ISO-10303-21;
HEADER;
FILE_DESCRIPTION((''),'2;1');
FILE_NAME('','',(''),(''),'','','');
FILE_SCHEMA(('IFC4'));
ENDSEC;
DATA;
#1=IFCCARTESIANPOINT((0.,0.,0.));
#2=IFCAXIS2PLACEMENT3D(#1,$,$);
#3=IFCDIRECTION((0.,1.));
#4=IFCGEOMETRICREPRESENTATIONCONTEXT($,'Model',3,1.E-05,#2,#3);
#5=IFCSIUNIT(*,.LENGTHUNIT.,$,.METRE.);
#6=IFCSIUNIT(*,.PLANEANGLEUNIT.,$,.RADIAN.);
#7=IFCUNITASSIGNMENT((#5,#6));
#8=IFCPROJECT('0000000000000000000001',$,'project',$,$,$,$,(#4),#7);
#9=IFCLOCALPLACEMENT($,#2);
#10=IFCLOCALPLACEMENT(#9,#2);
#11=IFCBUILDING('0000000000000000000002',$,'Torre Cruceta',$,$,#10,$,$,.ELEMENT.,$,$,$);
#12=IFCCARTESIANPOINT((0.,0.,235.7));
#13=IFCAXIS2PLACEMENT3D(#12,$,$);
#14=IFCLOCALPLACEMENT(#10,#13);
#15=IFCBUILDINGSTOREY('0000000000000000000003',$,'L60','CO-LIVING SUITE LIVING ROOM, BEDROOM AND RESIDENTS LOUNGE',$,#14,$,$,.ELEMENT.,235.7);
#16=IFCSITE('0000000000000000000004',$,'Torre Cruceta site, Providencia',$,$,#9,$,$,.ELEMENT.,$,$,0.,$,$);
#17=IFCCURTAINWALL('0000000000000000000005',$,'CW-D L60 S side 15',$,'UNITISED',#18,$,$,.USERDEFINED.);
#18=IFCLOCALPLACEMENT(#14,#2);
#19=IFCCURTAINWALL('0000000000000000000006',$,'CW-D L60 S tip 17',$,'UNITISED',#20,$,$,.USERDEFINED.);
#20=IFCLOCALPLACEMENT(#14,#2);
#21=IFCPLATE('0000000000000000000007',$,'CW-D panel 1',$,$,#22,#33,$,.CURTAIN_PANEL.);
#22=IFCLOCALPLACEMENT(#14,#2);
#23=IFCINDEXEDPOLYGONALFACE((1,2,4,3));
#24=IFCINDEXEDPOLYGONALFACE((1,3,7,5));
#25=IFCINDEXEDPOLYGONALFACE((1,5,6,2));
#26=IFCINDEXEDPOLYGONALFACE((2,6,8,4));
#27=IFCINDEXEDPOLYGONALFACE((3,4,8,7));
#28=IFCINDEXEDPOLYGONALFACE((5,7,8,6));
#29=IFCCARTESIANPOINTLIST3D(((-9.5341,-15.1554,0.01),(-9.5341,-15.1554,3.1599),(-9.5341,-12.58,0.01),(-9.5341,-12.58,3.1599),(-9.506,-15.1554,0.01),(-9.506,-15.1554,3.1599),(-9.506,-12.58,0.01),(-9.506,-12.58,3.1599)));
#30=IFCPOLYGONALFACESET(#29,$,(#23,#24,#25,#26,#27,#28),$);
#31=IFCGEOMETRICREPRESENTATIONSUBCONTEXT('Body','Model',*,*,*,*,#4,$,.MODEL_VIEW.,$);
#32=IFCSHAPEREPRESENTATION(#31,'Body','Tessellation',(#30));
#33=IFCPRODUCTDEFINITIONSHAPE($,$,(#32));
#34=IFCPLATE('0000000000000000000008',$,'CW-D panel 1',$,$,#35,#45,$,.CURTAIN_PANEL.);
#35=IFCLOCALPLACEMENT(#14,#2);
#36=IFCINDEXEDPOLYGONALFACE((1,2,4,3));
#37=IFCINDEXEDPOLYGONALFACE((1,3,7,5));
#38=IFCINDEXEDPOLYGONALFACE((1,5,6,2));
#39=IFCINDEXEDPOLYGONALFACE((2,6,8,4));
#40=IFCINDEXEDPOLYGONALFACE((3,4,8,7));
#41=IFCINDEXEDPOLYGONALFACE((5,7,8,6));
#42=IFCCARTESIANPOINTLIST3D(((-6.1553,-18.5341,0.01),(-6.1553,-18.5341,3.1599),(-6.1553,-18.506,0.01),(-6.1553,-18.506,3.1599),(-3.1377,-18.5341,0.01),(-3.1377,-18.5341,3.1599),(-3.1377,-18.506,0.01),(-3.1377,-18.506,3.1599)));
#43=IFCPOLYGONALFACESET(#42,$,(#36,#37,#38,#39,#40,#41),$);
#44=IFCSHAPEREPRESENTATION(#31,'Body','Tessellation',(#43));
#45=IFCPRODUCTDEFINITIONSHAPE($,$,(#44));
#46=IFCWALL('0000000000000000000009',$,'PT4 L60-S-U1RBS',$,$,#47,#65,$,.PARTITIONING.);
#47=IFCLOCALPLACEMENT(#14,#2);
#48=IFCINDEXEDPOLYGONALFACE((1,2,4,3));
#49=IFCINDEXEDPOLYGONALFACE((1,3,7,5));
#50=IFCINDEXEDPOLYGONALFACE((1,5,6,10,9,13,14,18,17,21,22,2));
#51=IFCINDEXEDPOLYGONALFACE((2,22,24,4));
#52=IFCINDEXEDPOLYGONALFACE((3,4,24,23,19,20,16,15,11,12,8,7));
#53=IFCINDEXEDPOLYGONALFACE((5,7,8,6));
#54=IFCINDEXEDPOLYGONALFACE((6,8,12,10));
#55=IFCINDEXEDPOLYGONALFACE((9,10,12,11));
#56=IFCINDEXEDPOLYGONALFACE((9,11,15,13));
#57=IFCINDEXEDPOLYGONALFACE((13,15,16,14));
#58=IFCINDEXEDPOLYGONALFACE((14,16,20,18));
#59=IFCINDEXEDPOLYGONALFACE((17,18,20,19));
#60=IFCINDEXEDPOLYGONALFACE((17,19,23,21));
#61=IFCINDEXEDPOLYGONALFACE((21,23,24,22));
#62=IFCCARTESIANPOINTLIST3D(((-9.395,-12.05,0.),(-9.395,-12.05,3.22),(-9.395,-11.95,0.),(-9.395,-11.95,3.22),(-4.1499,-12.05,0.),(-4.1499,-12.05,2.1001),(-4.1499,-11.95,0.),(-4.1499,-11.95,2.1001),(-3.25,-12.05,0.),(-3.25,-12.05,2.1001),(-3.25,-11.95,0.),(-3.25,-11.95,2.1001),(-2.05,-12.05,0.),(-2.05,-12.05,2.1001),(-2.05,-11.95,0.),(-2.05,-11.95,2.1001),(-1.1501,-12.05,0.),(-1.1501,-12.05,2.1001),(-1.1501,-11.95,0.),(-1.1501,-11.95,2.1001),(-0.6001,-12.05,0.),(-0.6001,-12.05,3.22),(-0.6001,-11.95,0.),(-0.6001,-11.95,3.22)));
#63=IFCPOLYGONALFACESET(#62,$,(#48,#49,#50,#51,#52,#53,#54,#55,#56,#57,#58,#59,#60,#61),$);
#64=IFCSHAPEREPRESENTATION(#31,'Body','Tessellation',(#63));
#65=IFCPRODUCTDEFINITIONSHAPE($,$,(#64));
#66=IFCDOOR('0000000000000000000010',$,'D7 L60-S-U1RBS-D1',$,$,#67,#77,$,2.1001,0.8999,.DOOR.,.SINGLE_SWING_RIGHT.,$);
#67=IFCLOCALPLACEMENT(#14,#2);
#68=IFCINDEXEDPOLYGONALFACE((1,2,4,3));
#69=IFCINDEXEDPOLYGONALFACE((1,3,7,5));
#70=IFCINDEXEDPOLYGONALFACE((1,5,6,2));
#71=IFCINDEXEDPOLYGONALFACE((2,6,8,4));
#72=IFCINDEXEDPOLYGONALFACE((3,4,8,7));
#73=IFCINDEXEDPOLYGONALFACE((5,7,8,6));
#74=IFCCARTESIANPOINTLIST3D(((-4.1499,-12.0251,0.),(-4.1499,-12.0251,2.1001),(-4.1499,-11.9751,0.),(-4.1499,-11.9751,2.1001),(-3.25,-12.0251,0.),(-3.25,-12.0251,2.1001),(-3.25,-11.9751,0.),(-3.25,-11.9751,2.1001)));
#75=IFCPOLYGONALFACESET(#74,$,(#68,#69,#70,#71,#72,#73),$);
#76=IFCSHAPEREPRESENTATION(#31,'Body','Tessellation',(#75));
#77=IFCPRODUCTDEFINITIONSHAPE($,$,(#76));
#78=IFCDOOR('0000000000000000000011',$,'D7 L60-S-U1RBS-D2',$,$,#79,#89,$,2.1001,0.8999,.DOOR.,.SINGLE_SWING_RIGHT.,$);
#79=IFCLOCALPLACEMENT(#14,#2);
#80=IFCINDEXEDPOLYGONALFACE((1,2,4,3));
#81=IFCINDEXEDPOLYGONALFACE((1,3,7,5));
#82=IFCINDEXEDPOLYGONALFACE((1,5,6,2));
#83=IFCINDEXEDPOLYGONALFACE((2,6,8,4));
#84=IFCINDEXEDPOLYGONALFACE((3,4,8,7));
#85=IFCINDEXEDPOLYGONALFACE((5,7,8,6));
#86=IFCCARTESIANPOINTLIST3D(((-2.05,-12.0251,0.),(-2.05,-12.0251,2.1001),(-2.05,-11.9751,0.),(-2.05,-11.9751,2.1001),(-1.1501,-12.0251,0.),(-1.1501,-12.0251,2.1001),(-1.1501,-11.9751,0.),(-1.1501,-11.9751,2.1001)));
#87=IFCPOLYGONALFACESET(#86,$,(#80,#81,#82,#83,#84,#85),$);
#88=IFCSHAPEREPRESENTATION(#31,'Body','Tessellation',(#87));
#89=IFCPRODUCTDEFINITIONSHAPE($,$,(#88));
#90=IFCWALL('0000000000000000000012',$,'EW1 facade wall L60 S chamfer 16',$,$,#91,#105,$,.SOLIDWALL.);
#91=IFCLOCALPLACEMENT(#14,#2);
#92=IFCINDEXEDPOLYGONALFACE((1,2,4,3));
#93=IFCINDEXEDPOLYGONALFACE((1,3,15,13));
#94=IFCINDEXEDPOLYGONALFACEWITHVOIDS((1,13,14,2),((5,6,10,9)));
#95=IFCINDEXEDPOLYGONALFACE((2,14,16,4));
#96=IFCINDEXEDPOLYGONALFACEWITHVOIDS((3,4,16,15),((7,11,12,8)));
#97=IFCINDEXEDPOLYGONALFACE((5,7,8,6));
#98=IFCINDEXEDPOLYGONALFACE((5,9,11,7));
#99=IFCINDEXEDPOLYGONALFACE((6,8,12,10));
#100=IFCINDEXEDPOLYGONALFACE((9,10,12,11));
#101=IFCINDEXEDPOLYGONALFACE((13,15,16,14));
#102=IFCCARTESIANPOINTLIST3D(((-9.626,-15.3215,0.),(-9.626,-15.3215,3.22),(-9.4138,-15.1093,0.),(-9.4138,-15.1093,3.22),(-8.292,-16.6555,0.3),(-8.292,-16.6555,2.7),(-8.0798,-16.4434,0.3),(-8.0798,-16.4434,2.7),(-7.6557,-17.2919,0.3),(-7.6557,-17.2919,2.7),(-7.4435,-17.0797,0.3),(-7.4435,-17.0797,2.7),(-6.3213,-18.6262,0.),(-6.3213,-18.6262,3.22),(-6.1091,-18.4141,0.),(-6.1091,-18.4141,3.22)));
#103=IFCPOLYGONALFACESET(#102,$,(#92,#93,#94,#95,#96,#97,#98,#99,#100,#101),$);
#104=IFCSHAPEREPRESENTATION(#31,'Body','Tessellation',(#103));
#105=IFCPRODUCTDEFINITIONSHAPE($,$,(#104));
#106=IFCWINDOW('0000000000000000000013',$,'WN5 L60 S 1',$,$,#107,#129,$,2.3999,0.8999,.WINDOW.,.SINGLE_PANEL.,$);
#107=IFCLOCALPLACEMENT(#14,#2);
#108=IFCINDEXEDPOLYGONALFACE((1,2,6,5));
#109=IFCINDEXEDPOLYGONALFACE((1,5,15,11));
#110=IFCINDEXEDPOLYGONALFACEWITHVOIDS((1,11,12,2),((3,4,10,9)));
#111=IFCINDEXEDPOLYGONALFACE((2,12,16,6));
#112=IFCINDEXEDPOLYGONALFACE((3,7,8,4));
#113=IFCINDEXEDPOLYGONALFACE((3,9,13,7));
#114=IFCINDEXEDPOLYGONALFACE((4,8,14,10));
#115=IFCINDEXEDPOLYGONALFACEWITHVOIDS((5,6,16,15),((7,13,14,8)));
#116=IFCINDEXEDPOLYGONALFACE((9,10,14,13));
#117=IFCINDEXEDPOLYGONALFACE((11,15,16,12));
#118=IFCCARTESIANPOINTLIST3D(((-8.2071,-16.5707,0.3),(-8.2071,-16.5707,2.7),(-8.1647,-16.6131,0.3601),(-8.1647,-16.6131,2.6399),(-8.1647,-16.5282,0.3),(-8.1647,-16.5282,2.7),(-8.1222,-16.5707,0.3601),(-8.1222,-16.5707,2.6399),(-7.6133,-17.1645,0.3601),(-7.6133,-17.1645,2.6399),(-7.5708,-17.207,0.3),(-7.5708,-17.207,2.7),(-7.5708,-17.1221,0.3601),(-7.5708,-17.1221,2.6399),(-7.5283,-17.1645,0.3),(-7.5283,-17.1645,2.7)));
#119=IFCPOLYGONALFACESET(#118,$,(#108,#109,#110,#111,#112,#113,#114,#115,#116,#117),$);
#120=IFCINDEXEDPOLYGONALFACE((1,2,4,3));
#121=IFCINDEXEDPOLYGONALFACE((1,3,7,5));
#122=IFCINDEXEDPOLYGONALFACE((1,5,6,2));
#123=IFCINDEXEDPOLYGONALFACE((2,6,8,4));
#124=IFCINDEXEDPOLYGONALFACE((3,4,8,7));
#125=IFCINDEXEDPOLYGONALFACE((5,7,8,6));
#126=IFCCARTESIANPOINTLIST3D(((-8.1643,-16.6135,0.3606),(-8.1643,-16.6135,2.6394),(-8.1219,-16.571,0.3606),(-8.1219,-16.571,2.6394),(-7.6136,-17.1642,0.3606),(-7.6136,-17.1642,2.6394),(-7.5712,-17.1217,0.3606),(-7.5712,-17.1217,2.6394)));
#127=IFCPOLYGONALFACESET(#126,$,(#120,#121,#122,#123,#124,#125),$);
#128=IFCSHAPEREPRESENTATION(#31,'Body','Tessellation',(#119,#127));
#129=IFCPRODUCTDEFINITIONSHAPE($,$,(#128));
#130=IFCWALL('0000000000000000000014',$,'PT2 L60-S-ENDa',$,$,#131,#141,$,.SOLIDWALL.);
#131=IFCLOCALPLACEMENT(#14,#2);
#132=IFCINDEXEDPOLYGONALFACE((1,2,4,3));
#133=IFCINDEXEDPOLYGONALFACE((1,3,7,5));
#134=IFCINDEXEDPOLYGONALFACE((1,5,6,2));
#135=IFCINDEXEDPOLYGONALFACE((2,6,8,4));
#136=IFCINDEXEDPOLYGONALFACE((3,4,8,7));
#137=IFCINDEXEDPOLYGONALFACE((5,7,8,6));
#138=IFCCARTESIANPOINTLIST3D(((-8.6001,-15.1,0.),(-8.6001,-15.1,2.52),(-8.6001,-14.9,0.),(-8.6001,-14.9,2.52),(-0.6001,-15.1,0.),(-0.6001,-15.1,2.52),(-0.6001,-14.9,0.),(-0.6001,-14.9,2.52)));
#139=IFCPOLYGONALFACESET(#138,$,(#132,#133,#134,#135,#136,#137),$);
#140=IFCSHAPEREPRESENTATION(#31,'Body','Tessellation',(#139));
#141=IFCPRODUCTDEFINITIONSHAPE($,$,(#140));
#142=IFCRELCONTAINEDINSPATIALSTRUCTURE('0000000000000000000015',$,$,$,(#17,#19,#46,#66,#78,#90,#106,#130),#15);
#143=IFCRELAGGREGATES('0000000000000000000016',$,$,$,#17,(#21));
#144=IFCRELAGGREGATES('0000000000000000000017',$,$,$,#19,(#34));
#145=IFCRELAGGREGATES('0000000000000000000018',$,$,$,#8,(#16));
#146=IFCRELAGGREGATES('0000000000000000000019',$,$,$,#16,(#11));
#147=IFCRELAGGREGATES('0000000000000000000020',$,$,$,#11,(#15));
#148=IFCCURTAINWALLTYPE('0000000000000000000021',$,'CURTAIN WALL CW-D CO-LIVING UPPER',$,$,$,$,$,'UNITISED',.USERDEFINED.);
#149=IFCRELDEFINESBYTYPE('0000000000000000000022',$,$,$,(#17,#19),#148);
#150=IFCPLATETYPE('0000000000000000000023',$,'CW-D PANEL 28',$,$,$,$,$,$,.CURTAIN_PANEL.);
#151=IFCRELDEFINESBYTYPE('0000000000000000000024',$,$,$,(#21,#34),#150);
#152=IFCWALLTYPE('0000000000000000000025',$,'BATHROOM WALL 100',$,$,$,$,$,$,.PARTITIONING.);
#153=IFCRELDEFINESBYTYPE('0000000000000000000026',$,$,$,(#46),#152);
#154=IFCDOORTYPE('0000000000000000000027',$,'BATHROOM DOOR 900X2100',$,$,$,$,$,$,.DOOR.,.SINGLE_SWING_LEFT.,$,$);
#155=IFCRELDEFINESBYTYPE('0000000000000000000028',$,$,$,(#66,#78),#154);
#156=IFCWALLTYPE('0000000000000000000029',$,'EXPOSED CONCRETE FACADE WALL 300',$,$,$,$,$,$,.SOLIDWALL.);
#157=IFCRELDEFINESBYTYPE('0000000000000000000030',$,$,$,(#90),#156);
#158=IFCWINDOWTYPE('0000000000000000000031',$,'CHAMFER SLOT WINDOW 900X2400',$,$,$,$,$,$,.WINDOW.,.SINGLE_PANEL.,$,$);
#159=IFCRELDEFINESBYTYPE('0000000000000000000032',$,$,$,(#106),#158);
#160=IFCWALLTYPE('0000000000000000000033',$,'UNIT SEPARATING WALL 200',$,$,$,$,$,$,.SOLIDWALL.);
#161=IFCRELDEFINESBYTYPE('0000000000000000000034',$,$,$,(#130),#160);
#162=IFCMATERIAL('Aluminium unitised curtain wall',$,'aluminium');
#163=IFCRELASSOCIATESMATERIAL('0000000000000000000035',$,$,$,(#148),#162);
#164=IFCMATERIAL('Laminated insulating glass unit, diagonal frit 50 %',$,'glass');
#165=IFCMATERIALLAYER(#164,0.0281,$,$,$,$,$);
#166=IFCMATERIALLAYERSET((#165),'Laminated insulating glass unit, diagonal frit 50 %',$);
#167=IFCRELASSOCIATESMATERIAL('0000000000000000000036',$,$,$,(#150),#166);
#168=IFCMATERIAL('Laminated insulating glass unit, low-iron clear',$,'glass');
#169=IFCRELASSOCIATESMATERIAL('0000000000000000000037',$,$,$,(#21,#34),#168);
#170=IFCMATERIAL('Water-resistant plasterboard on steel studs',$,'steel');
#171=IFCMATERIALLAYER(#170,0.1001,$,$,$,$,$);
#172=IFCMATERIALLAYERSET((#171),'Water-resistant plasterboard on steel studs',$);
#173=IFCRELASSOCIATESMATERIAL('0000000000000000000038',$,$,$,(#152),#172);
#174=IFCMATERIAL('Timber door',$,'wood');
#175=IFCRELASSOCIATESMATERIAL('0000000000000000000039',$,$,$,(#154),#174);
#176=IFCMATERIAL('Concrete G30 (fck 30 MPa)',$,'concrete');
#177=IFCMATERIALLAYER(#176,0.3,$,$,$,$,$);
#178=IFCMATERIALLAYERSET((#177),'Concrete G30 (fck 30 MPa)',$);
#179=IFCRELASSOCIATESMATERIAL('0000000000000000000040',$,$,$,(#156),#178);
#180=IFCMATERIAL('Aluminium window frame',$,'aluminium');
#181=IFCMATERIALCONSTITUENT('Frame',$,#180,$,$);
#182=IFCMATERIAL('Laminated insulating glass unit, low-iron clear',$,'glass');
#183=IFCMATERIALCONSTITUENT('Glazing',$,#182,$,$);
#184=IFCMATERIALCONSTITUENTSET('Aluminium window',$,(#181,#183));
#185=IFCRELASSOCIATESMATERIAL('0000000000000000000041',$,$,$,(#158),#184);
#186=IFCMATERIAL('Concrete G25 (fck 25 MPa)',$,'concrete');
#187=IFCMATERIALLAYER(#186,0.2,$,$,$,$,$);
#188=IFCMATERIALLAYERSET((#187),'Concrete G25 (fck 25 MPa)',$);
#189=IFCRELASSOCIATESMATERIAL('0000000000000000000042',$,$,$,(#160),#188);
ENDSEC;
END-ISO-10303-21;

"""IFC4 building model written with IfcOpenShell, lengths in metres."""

from ifc_helpers import new_model, si_unit, direction, frame, frame_2d, origin, origin_2d, place, context, subcontext, project, spatial, rectangle, hollow_rectangle, extrude, material, layer, layer_set, constituent, constituent_set, type_object, element, fill, aggregate, save


model = new_model("IFC4")

# Units and contexts
model_context = context("Model", 3, precision=1e-05, world=origin(), true_north=direction((0.0, 1.0)))
body_context = subcontext(model_context, "Body", "Model", "MODEL_VIEW")
ifc_project = project(units=[si_unit("LENGTHUNIT", "METRE"), si_unit("PLANEANGLEUNIT", "RADIAN")], contexts=[model_context])

# Site, building, storey
site_placement = place(None, origin())
site = spatial("IfcSite", under=ifc_project, at=site_placement, Name="Torre Cruceta site, Providencia", CompositionType="ELEMENT", RefElevation=0.0)
building_placement = place(site_placement, origin())
building = spatial("IfcBuilding", under=site, at=building_placement, Name="Torre Cruceta", CompositionType="ELEMENT")
storey_placement = place(building_placement, frame((0.0, 0.0, 235.7)))
storey = spatial("IfcBuildingStorey", under=building, at=storey_placement, Name="L60", Description="CO-LIVING SUITE LIVING ROOM, BEDROOM AND RESIDENTS LOUNGE", CompositionType="ELEMENT", Elevation=235.7)

# Curtain walls
ifc_material_1 = material(Name="Aluminium unitised curtain wall", Category="aluminium")
curtain_wall_type = type_object("IfcCurtainWallType", Name="CURTAIN WALL CW-D CO-LIVING UPPER", ElementType="UNITISED", PredefinedType="USERDEFINED", material=ifc_material_1)
curtain_wall_1_placement = place(storey_placement, origin())
curtain_wall_1 = element("IfcCurtainWall", 1, at=curtain_wall_1_placement, inside=storey, type_object=curtain_wall_type, Name="CW-D L60 S side 15", ObjectType="UNITISED", PredefinedType="USERDEFINED")
curtain_wall_2_placement = place(storey_placement, origin())
curtain_wall_2 = element("IfcCurtainWall", 2, at=curtain_wall_2_placement, inside=storey, type_object=curtain_wall_type, Name="CW-D L60 S tip 17", ObjectType="UNITISED", PredefinedType="USERDEFINED")

# Plates
ifc_material_2 = material(Name="Laminated insulating glass unit, low-iron clear", Category="glass")
ifc_material_3 = material(Name="Laminated insulating glass unit, diagonal frit 50 %", Category="glass")
ifc_layer_1 = layer(ifc_material_3, 0.0281)
ifc_layer_set_1 = layer_set([ifc_layer_1], Name="Laminated insulating glass unit, diagonal frit 50 %")
plate_type = type_object("IfcPlateType", Name="CW-D PANEL 28", PredefinedType="CURTAIN_PANEL", material=ifc_layer_set_1)
plate_1_placement = place(storey_placement, frame((-9.52, -13.8677, 0.01), z_axis=(0.0, 0.0, 1.0), x_axis=(0.0, -1.0, 0.0)))
plate_1 = element("IfcPlate", 3, at=plate_1_placement, type_object=plate_type, material=ifc_material_2, Name="CW-D panel 1", PredefinedType="CURTAIN_PANEL", context=body_context, shape_type="SweptSolid", body=[
    extrude(rectangle(XDim=2.5754, YDim=0.0281, at=origin_2d()), origin(), (0.0, 0.0, 1.0), 3.1499),
])
aggregate(curtain_wall_1, [plate_1])
plate_2_placement = place(storey_placement, frame((-4.6465, -18.52, 0.01), z_axis=(0.0, 0.0, 1.0), x_axis=(1.0, 0.0, 0.0)))
plate_2 = element("IfcPlate", 4, at=plate_2_placement, type_object=plate_type, material=ifc_material_2, Name="CW-D panel 1", PredefinedType="CURTAIN_PANEL", context=body_context, shape_type="SweptSolid", body=[
    extrude(rectangle(XDim=3.0176, YDim=0.0281, at=origin_2d()), origin(), (0.0, 0.0, 1.0), 3.1499),
])
aggregate(curtain_wall_2, [plate_2])

# Wall, openings, doors
ifc_material_4 = material(Name="Water-resistant plasterboard on steel studs", Category="steel")
ifc_layer_2 = layer(ifc_material_4, 0.1001)
ifc_layer_set_2 = layer_set([ifc_layer_2], Name="Water-resistant plasterboard on steel studs")
wall_type_1 = type_object("IfcWallType", Name="BATHROOM WALL 100", PredefinedType="PARTITIONING", material=ifc_layer_set_2)
wall_1_placement = place(storey_placement, frame((-9.395, -12.0, 0.0), z_axis=(0.0, 0.0, 1.0), x_axis=(1.0, 0.0, 0.0)))
wall_1 = element("IfcWall", 5, at=wall_1_placement, inside=storey, type_object=wall_type_1, Name="PT4 L60-S-U1RBS", PredefinedType="PARTITIONING", context=body_context, shape_type="SweptSolid", body=[
    extrude(rectangle(XDim=8.7949, YDim=0.1001, at=frame_2d((4.3975, 0.0))), origin(), (0.0, 0.0, 1.0), 3.22),
])
opening_1_placement = place(wall_1_placement, frame((5.2451, 0.0, 0.0)))
opening_1 = element("IfcOpeningElement", 6, at=opening_1_placement, cuts=wall_1, PredefinedType="OPENING", context=body_context, shape_type="SweptSolid", body=[
    extrude(rectangle(XDim=0.8999, YDim=2.1001, at=frame_2d((0.45, 1.05))), frame((0.0, 0.0601, 0.0), z_axis=(0.0, -1.0, 0.0), x_axis=(1.0, 0.0, 0.0)), (0.0, 0.0, 1.0), 0.1201),
])
opening_2_placement = place(wall_1_placement, frame((7.345, 0.0, 0.0)))
opening_2 = element("IfcOpeningElement", 7, at=opening_2_placement, cuts=wall_1, PredefinedType="OPENING", context=body_context, shape_type="SweptSolid", body=[
    extrude(rectangle(XDim=0.8999, YDim=2.1001, at=frame_2d((0.45, 1.05))), frame((0.0, 0.0601, 0.0), z_axis=(0.0, -1.0, 0.0), x_axis=(1.0, 0.0, 0.0)), (0.0, 0.0, 1.0), 0.1201),
])
ifc_material_5 = material(Name="Timber door", Category="wood")
door_type = type_object("IfcDoorType", Name="BATHROOM DOOR 900X2100", OperationType="SINGLE_SWING_LEFT", PredefinedType="DOOR", material=ifc_material_5)
door_1_placement = place(opening_1_placement, origin())
door_1 = element("IfcDoor", 8, at=door_1_placement, inside=storey, type_object=door_type, Name="D7 L60-S-U1RBS-D1", OperationType="SINGLE_SWING_RIGHT", OverallHeight=2.1001, OverallWidth=0.8999, PredefinedType="DOOR", context=body_context, shape_type="SweptSolid", body=[
    extrude(rectangle(XDim=0.8999, YDim=2.1001, at=frame_2d((0.45, 1.05))), frame((0.0, 0.0249, 0.0), z_axis=(0.0, -1.0, 0.0), x_axis=(1.0, 0.0, 0.0)), (0.0, 0.0, 1.0), 0.05),
])
fill(opening_1, door_1)
door_2_placement = place(opening_2_placement, origin())
door_2 = element("IfcDoor", 9, at=door_2_placement, inside=storey, type_object=door_type, Name="D7 L60-S-U1RBS-D2", OperationType="SINGLE_SWING_RIGHT", OverallHeight=2.1001, OverallWidth=0.8999, PredefinedType="DOOR", context=body_context, shape_type="SweptSolid", body=[
    extrude(rectangle(XDim=0.8999, YDim=2.1001, at=frame_2d((0.45, 1.05))), frame((0.0, 0.0249, 0.0), z_axis=(0.0, -1.0, 0.0), x_axis=(1.0, 0.0, 0.0)), (0.0, 0.0, 1.0), 0.05),
])
fill(opening_2, door_2)

# Wall, opening, window
ifc_material_6 = material(Name="Concrete G30 (fck 30 MPa)", Category="concrete")
ifc_layer_3 = layer(ifc_material_6, 0.3)
ifc_layer_set_3 = layer_set([ifc_layer_3], Name="Concrete G30 (fck 30 MPa)")
wall_type_2 = type_object("IfcWallType", Name="EXPOSED CONCRETE FACADE WALL 300", PredefinedType="SOLIDWALL", material=ifc_layer_set_3)
wall_2_placement = place(storey_placement, frame((-9.52, -15.2153, 0.0), z_axis=(0.0, 0.0, 1.0), x_axis=(0.707107, -0.707107, 0.0)))
wall_2 = element("IfcWall", 10, at=wall_2_placement, inside=storey, type_object=wall_type_2, Name="EW1 facade wall L60 S chamfer 16", PredefinedType="SOLIDWALL", context=body_context, shape_type="SweptSolid", body=[
    extrude(rectangle(XDim=4.6736, YDim=0.3, at=frame_2d((2.3369, 0.0))), origin(), (0.0, 0.0, 1.0), 3.22),
])
opening_3_placement = place(wall_2_placement, frame((1.8867, 0.0, 0.3)))
opening_3 = element("IfcOpeningElement", 11, at=opening_3_placement, cuts=wall_2, PredefinedType="OPENING", context=body_context, shape_type="SweptSolid", body=[
    extrude(rectangle(XDim=0.8999, YDim=2.3999, at=frame_2d((0.45, 1.2))), frame((0.0, 0.1599, 0.0), z_axis=(0.0, -1.0, 0.0), x_axis=(1.0, 0.0, 0.0)), (0.0, 0.0, 1.0), 0.3201),
])
ifc_material_7 = material(Name="Aluminium window frame", Category="aluminium")
ifc_constituent_1 = constituent(ifc_material_7, Name="Frame")
ifc_material_8 = material(Name="Laminated insulating glass unit, low-iron clear", Category="glass")
ifc_constituent_2 = constituent(ifc_material_8, Name="Glazing")
ifc_constituent_set_1 = constituent_set(constituents=[ifc_constituent_1, ifc_constituent_2], Name="Aluminium window")
window_type = type_object("IfcWindowType", Name="CHAMFER SLOT WINDOW 900X2400", PartitioningType="SINGLE_PANEL", PredefinedType="WINDOW", material=ifc_constituent_set_1)
window_placement = place(opening_3_placement, origin())
window = element("IfcWindow", 12, at=window_placement, inside=storey, type_object=window_type, Name="WN5 L60 S 1", OverallHeight=2.3999, OverallWidth=0.8999, PartitioningType="SINGLE_PANEL", PredefinedType="WINDOW", context=body_context, shape_type="SweptSolid", body=[
    extrude(hollow_rectangle(XDim=0.8999, YDim=2.3999, WallThickness=0.0601, at=frame_2d((0.45, 1.2))), frame((0.0, 0.03, 0.0), z_axis=(0.0, -1.0, 0.0), x_axis=(1.0, 0.0, 0.0)), (0.0, 0.0, 1.0), 0.0601),
    extrude(rectangle(XDim=0.7788, YDim=2.2788, at=frame_2d((0.45, 1.2))), frame((0.0, 0.03, 0.0), z_axis=(0.0, -1.0, 0.0), x_axis=(1.0, 0.0, 0.0)), (0.0, 0.0, 1.0), 0.0601),
])
fill(opening_3, window)

# Wall
ifc_material_9 = material(Name="Concrete G25 (fck 25 MPa)", Category="concrete")
ifc_layer_4 = layer(ifc_material_9, 0.2)
ifc_layer_set_4 = layer_set([ifc_layer_4], Name="Concrete G25 (fck 25 MPa)")
wall_type_3 = type_object("IfcWallType", Name="UNIT SEPARATING WALL 200", PredefinedType="SOLIDWALL", material=ifc_layer_set_4)
wall_3_placement = place(storey_placement, frame((-8.6001, -15.0, 0.0), z_axis=(0.0, 0.0, 1.0), x_axis=(1.0, 0.0, 0.0)))
element("IfcWall", 13, at=wall_3_placement, inside=storey, type_object=wall_type_3, Name="PT2 L60-S-ENDa", PredefinedType="SOLIDWALL", context=body_context, shape_type="SweptSolid", body=[
    extrude(rectangle(XDim=8.0, YDim=0.2, at=frame_2d((4.0, 0.0))), origin(), (0.0, 0.0, 1.0), 2.52),
])

save(model, "model.ifc")
